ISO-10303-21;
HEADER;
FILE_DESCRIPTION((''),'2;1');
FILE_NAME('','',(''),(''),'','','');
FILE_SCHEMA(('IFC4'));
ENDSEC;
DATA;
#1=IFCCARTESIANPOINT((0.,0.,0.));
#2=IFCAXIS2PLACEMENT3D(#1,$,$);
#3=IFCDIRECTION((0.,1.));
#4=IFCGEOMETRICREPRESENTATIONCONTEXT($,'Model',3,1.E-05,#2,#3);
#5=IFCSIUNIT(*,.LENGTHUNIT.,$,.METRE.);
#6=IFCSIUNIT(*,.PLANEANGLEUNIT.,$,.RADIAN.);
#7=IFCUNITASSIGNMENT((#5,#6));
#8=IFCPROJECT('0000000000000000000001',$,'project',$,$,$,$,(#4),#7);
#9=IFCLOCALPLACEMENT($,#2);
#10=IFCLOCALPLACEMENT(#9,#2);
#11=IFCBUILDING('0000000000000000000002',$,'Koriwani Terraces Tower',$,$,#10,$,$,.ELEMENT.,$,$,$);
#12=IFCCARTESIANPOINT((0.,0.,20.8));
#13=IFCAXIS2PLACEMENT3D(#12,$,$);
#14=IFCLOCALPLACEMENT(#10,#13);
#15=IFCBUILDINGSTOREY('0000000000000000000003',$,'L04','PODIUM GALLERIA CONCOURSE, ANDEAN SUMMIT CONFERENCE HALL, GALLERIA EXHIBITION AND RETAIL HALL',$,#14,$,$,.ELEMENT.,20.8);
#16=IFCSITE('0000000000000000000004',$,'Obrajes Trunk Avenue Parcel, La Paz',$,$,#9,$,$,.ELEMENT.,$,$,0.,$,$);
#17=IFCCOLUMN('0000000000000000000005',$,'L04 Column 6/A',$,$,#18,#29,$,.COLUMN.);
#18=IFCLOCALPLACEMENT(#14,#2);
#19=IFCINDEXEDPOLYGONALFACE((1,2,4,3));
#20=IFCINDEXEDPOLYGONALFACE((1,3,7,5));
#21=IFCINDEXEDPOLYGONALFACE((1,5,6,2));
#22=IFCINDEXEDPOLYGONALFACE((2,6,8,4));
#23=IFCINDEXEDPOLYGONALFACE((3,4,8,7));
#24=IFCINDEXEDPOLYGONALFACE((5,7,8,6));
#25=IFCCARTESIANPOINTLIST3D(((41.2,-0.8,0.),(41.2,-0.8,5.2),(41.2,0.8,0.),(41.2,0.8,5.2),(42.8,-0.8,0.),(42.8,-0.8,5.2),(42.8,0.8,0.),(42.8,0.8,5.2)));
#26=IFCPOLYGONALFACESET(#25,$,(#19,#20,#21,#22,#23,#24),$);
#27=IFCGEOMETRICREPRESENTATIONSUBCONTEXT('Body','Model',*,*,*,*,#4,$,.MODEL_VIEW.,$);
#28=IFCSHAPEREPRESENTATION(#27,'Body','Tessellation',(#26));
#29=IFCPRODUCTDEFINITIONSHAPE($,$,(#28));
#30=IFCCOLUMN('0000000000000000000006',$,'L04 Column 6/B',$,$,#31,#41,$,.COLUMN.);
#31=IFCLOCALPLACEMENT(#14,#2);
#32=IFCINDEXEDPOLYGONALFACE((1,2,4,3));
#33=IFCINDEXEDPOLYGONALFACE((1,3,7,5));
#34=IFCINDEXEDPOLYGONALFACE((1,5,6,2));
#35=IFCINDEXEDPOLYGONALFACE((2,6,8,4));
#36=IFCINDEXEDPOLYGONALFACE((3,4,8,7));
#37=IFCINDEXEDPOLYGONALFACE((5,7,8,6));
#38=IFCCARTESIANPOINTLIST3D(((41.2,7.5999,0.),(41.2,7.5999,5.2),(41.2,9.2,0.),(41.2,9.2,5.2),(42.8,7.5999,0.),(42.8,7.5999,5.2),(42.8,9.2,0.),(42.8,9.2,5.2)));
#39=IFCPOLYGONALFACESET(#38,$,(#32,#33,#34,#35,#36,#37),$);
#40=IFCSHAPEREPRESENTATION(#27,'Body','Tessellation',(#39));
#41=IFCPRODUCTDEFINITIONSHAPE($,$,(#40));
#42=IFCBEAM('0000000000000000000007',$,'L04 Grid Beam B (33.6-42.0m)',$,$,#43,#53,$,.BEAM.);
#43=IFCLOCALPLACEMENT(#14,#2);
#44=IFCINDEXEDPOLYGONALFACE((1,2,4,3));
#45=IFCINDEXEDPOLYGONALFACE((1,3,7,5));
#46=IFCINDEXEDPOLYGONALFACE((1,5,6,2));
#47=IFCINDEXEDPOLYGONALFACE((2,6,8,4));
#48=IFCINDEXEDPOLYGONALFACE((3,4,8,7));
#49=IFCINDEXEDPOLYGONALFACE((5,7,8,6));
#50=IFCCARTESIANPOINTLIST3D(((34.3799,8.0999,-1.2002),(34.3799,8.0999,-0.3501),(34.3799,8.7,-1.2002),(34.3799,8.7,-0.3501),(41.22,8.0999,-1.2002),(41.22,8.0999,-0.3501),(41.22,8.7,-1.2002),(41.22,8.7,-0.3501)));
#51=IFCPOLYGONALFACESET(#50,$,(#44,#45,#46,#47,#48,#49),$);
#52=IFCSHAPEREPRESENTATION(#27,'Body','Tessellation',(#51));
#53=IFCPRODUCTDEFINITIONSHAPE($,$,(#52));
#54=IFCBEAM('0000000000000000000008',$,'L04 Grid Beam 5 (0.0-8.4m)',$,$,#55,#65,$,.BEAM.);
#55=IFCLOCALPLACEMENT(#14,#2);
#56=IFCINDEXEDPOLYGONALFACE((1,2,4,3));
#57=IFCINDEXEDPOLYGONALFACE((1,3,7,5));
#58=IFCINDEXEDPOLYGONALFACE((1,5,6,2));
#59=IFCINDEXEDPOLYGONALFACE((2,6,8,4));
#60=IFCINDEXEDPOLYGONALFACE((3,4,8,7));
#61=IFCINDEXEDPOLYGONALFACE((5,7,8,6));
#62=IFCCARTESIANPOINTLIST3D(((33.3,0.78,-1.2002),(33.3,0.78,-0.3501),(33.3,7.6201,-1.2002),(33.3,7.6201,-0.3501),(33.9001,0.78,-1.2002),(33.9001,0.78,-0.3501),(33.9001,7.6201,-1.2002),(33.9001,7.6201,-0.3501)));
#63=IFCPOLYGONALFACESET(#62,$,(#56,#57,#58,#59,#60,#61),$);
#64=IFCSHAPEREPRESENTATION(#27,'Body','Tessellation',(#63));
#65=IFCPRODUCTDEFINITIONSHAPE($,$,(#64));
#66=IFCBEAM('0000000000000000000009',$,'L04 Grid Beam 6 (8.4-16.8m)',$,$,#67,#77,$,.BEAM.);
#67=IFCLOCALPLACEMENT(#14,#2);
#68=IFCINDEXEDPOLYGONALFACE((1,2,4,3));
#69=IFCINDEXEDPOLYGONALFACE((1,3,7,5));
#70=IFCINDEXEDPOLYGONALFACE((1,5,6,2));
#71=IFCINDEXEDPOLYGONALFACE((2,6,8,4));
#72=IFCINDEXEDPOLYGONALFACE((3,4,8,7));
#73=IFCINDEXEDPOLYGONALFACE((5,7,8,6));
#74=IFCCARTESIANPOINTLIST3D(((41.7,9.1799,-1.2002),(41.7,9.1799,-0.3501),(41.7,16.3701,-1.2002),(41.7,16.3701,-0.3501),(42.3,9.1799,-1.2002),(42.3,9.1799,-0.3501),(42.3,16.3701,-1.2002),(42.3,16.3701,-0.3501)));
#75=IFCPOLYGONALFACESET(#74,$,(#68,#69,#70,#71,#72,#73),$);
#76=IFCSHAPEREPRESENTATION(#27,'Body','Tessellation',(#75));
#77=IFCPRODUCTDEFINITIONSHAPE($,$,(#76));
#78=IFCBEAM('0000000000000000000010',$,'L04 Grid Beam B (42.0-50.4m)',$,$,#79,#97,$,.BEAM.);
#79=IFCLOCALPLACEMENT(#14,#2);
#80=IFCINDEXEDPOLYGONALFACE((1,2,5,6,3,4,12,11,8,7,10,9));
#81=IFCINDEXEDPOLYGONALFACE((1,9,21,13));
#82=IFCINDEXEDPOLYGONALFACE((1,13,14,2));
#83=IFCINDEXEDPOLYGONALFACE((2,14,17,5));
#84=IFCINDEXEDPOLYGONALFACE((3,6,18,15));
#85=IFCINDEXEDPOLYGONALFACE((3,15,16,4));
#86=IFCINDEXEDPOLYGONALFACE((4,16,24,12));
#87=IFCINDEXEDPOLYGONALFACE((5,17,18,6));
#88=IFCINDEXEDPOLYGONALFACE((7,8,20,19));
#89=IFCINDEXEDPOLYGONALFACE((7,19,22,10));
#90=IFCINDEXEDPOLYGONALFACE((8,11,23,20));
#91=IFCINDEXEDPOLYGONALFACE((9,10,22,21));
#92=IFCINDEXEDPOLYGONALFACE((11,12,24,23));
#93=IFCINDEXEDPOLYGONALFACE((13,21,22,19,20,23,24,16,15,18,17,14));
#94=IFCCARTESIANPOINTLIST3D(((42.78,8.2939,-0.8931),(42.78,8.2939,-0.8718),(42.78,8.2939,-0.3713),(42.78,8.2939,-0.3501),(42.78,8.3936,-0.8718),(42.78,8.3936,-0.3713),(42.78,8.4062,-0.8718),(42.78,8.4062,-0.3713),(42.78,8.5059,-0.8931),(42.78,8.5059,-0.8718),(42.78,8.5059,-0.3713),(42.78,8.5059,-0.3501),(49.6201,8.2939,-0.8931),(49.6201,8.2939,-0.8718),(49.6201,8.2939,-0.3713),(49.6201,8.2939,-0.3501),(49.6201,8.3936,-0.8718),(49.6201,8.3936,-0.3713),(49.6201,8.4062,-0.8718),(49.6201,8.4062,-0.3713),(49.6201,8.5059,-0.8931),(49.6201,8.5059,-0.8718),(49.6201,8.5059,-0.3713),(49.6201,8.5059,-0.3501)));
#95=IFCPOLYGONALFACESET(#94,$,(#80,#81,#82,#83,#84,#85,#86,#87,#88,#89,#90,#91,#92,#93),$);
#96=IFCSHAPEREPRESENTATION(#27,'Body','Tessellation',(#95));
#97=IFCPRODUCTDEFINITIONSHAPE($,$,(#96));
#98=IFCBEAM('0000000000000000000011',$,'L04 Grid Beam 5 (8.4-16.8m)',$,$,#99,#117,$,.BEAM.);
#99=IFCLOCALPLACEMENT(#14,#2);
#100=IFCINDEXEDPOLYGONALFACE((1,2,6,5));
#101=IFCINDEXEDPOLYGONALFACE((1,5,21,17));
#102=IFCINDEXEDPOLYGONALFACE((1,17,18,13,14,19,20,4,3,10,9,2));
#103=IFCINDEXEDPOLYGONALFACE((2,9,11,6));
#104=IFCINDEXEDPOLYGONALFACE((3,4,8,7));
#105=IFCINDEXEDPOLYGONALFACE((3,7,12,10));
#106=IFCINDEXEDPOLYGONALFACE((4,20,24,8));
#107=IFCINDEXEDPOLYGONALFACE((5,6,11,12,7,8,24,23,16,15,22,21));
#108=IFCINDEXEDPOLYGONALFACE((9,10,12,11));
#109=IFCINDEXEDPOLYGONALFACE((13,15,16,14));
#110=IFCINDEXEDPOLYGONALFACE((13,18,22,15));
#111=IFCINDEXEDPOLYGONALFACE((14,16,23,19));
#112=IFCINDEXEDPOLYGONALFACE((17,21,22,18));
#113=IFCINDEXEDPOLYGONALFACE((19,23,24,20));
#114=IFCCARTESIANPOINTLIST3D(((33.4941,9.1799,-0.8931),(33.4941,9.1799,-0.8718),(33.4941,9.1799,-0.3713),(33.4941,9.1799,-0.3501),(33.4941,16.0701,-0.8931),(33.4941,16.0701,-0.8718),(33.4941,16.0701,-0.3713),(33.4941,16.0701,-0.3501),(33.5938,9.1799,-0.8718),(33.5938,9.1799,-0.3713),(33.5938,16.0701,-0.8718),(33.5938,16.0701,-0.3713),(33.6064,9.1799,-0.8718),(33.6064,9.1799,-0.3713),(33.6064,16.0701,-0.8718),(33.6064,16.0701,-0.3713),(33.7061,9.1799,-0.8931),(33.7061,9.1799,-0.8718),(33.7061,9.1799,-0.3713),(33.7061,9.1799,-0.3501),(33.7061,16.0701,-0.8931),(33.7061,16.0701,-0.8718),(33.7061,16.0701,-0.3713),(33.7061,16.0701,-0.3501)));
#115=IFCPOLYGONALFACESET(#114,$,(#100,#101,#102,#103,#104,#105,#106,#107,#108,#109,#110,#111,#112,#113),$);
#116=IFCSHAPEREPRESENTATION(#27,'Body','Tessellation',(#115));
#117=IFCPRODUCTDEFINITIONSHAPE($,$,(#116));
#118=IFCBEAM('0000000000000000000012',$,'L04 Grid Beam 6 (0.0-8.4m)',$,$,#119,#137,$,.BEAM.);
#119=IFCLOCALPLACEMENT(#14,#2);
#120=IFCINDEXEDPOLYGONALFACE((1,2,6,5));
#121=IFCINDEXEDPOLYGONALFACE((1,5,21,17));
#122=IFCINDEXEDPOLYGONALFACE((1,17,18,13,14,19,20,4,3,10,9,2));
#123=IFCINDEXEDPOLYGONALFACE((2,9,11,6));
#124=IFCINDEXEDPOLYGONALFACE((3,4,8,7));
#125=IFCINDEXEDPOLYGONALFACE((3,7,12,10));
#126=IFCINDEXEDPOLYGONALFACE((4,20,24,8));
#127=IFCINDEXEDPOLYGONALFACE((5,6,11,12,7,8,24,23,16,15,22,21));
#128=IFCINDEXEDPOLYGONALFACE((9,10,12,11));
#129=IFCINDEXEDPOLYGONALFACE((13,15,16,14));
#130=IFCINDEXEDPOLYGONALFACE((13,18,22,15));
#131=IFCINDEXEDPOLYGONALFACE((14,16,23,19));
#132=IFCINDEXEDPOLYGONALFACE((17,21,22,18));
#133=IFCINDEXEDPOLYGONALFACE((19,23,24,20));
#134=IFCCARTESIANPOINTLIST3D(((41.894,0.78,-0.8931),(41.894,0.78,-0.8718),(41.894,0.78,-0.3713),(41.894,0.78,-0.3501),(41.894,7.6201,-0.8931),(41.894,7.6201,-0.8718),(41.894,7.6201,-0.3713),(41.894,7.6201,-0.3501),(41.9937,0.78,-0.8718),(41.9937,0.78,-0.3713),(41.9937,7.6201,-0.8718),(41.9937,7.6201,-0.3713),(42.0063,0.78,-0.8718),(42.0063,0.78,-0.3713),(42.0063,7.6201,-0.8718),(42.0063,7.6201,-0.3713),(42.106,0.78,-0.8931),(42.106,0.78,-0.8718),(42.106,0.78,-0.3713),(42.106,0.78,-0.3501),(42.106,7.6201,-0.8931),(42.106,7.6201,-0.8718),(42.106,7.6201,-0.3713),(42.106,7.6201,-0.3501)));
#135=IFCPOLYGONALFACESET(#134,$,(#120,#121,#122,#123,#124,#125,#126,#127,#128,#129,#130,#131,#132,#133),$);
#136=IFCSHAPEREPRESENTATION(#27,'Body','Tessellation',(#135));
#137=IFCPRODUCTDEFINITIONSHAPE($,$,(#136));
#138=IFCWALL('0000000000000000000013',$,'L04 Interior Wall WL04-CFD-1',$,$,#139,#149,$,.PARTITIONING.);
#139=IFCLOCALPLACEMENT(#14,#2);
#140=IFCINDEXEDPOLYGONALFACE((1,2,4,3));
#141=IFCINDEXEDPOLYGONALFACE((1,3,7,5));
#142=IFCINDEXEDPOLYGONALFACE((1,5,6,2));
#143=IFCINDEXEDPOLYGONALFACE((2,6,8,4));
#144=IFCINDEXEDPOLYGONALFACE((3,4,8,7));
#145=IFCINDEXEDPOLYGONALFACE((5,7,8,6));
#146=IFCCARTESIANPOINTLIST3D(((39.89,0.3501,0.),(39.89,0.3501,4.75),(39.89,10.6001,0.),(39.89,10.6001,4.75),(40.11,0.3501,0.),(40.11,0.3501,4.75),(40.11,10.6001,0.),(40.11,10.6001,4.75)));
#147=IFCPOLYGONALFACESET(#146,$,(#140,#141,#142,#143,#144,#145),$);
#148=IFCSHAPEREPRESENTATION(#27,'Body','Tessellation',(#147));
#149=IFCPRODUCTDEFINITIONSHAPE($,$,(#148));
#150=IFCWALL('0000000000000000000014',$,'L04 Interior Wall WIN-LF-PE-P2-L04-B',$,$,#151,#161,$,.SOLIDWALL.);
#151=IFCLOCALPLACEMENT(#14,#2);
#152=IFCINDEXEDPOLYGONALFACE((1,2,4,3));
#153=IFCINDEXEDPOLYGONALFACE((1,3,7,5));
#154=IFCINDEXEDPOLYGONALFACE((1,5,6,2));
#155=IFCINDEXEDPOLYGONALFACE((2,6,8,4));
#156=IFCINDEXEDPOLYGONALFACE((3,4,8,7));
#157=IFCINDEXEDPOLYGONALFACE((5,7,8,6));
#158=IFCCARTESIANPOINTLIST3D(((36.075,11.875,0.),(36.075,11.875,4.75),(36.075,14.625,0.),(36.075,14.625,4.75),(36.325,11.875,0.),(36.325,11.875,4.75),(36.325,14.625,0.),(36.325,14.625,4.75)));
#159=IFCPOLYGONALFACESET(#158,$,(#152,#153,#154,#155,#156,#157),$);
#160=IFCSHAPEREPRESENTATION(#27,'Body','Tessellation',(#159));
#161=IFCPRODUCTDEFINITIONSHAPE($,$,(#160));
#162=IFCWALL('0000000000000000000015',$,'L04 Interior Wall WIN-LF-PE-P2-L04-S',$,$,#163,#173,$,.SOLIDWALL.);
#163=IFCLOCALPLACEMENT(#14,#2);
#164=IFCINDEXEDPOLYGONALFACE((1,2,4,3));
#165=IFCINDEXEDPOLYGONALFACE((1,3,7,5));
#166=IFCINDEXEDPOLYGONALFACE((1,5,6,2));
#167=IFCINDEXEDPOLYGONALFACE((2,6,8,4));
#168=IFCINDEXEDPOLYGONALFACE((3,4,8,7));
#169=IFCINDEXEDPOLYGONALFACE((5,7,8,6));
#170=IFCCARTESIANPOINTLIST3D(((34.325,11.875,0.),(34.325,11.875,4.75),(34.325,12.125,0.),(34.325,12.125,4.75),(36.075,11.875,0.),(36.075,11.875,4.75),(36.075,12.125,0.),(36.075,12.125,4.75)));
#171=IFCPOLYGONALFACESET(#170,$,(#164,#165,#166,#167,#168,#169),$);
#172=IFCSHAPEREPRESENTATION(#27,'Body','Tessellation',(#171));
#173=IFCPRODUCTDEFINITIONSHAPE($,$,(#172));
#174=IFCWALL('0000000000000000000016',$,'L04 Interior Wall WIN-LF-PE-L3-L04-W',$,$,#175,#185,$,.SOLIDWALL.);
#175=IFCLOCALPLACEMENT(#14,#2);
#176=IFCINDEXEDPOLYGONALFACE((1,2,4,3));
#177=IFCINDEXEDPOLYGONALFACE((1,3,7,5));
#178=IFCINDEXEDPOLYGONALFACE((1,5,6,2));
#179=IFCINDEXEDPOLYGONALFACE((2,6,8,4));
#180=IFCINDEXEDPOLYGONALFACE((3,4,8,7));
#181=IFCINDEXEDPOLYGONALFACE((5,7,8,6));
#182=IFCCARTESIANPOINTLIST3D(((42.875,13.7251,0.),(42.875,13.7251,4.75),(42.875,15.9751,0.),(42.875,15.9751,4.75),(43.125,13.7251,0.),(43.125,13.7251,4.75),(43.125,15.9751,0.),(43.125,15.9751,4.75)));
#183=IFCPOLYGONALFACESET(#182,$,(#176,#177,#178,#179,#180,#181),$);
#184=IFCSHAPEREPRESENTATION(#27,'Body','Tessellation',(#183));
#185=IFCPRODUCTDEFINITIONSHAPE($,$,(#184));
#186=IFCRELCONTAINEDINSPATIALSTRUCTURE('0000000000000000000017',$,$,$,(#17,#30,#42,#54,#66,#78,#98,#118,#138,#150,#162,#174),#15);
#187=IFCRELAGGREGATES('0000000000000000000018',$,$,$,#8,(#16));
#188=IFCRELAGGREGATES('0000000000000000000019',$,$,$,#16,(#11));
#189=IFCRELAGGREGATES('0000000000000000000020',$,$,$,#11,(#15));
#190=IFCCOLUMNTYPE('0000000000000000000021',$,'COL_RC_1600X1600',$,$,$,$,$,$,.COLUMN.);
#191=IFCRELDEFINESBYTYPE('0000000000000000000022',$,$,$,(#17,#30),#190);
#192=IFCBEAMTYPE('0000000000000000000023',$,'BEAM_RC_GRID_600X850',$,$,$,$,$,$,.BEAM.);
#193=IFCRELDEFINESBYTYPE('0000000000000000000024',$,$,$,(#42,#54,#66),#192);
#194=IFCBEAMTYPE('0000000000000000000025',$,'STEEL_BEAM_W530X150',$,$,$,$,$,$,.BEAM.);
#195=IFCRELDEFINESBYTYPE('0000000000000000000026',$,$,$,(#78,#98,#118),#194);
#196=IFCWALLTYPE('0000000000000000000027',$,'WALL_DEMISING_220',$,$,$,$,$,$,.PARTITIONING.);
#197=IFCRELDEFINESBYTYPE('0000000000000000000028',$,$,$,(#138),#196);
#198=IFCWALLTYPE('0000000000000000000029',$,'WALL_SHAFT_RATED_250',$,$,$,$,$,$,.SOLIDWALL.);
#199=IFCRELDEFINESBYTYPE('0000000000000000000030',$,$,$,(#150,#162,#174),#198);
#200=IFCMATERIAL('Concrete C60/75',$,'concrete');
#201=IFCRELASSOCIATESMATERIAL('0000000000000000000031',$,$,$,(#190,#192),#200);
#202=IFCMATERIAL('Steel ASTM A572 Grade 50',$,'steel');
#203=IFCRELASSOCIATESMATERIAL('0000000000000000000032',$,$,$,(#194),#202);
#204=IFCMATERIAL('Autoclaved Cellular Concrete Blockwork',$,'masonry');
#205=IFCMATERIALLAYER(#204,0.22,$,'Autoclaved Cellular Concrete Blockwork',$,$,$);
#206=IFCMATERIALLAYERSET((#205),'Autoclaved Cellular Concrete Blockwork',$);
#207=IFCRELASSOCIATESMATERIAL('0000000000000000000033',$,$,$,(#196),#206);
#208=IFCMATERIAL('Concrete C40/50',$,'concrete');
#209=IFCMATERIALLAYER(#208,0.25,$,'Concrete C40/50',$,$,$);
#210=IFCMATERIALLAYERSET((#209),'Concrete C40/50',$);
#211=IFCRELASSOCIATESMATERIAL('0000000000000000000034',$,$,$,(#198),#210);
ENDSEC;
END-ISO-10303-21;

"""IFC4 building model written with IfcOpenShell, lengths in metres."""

from ifc_helpers import new_model, si_unit, direction, frame, frame_2d, origin, origin_2d, place, context, subcontext, project, spatial, rectangle, i_section, extrude, material, layer, layer_set, material_profile, profile_set, type_object, element, save


model = new_model("IFC4")

# Units and contexts
model_context = context("Model", 3, precision=1e-05, world=origin(), true_north=direction((0.0, 1.0)))
body_context = subcontext(model_context, "Body", "Model", "MODEL_VIEW")
ifc_project = project(units=[si_unit("LENGTHUNIT", "METRE"), si_unit("PLANEANGLEUNIT", "RADIAN")], contexts=[model_context])

# Site, building, storey
site_placement = place(None, origin())
site = spatial("IfcSite", under=ifc_project, at=site_placement, Name="Obrajes Trunk Avenue Parcel, La Paz", CompositionType="ELEMENT", RefElevation=0.0)
building_placement = place(site_placement, origin())
building = spatial("IfcBuilding", under=site, at=building_placement, Name="Koriwani Terraces Tower", CompositionType="ELEMENT")
storey_placement = place(building_placement, frame((0.0, 0.0, 20.8)))
storey = spatial("IfcBuildingStorey", under=building, at=storey_placement, Name="L04", Description="PODIUM GALLERIA CONCOURSE, ANDEAN SUMMIT CONFERENCE HALL, GALLERIA EXHIBITION AND RETAIL HALL", CompositionType="ELEMENT", Elevation=20.8)

# Columns
ifc_material_1 = material(Name="Concrete C60/75", Category="concrete")
ifc_material_profile_1 = material_profile(ifc_material_1, rectangle(XDim=1.6001, YDim=1.6001, at=origin_2d()), Name="Concrete C60/75", Category="LoadBearing")
ifc_profile_set_1 = profile_set([ifc_material_profile_1], Name="Concrete C60/75")
column_type = type_object("IfcColumnType", Name="COL_RC_1600X1600", PredefinedType="COLUMN", material=ifc_profile_set_1)
for number, where, z_axis, x_axis, name in (
    (1, (42.0, 0.0, 0.0), (0.0, 0.0, 1.0), (1.0, 0.0, 0.0), "L04 Column 6/A"),
    (2, (42.0, 8.3999, 0.0), (0.0, 0.0, 1.0), (1.0, 0.0, 0.0), "L04 Column 6/B"),
):
    element("IfcColumn", number, at=place(storey_placement, frame(where, z_axis=z_axis, x_axis=x_axis)), inside=storey, type_object=column_type, Name=name, PredefinedType="COLUMN", context=body_context, shape_type="SweptSolid", body=[
        extrude(rectangle(XDim=1.6001, YDim=1.6001, at=origin_2d()), origin(), (0.0, 0.0, 1.0), 5.2),
    ])

# Beams
ifc_material_profile_2 = material_profile(ifc_material_1, rectangle(XDim=0.6001, YDim=0.8501, at=origin_2d()), Name="Concrete C60/75", Category="LoadBearing")
ifc_profile_set_2 = profile_set([ifc_material_profile_2], Name="Concrete C60/75")
beam_type_1 = type_object("IfcBeamType", Name="BEAM_RC_GRID_600X850", PredefinedType="BEAM", material=ifc_profile_set_2)
for number, where, z_axis, x_axis, name in (
    (3, (34.3799, 8.3999, -0.7751), (1.0, 0.0, 0.0), (0.0, 1.0, 0.0), "L04 Grid Beam B (33.6-42.0m)"),
    (4, (33.6001, 0.78, -0.7751), (0.0, 1.0, 0.0), (-1.0, 0.0, 0.0), "L04 Grid Beam 5 (0.0-8.4m)"),
):
    element("IfcBeam", number, at=place(storey_placement, frame(where, z_axis=z_axis, x_axis=x_axis)), inside=storey, type_object=beam_type_1, Name=name, PredefinedType="BEAM", context=body_context, shape_type="SweptSolid", body=[
        extrude(rectangle(XDim=0.6001, YDim=0.8501, at=origin_2d()), origin(), (0.0, 0.0, 1.0), 6.8401),
    ])
beam_1_placement = place(storey_placement, frame((42.0, 9.1799, -0.7751), z_axis=(0.0, 1.0, 0.0), x_axis=(-1.0, 0.0, 0.0)))
element("IfcBeam", 5, at=beam_1_placement, inside=storey, type_object=beam_type_1, Name="L04 Grid Beam 6 (8.4-16.8m)", PredefinedType="BEAM", context=body_context, shape_type="SweptSolid", body=[
    extrude(rectangle(XDim=0.6001, YDim=0.8501, at=origin_2d()), origin(), (0.0, 0.0, 1.0), 7.1902),
])
ifc_material_2 = material(Name="Steel ASTM A572 Grade 50", Category="steel")
ifc_material_profile_3 = material_profile(ifc_material_2, i_section(OverallWidth=0.2119, OverallDepth=0.543, WebThickness=0.0127, FlangeThickness=0.0212, at=origin_2d()), Name="Steel ASTM A572 Grade 50", Category="LoadBearing")
ifc_profile_set_3 = profile_set([ifc_material_profile_3], Name="Steel ASTM A572 Grade 50")
beam_type_2 = type_object("IfcBeamType", Name="STEEL_BEAM_W530X150", PredefinedType="BEAM", material=ifc_profile_set_3)
beam_2_placement = place(storey_placement, frame((42.78, 8.3999, -0.6216), z_axis=(1.0, 0.0, 0.0), x_axis=(0.0, 1.0, 0.0)))
element("IfcBeam", 6, at=beam_2_placement, inside=storey, type_object=beam_type_2, Name="L04 Grid Beam B (42.0-50.4m)", PredefinedType="BEAM", context=body_context, shape_type="SweptSolid", body=[
    extrude(i_section(OverallWidth=0.2119, OverallDepth=0.543, WebThickness=0.0127, FlangeThickness=0.0212, at=origin_2d()), origin(), (0.0, 0.0, 1.0), 6.8401),
])
beam_3_placement = place(storey_placement, frame((33.6001, 9.1799, -0.6216), z_axis=(0.0, 1.0, 0.0), x_axis=(-1.0, 0.0, 0.0)))
element("IfcBeam", 7, at=beam_3_placement, inside=storey, type_object=beam_type_2, Name="L04 Grid Beam 5 (8.4-16.8m)", PredefinedType="BEAM", context=body_context, shape_type="SweptSolid", body=[
    extrude(i_section(OverallWidth=0.2119, OverallDepth=0.543, WebThickness=0.0127, FlangeThickness=0.0212, at=origin_2d()), origin(), (0.0, 0.0, 1.0), 6.8901),
])
beam_4_placement = place(storey_placement, frame((42.0, 0.78, -0.6216), z_axis=(0.0, 1.0, 0.0), x_axis=(-1.0, 0.0, 0.0)))
element("IfcBeam", 8, at=beam_4_placement, inside=storey, type_object=beam_type_2, Name="L04 Grid Beam 6 (0.0-8.4m)", PredefinedType="BEAM", context=body_context, shape_type="SweptSolid", body=[
    extrude(i_section(OverallWidth=0.2119, OverallDepth=0.543, WebThickness=0.0127, FlangeThickness=0.0212, at=origin_2d()), origin(), (0.0, 0.0, 1.0), 6.8401),
])

# Wall
ifc_material_3 = material(Name="Autoclaved Cellular Concrete Blockwork", Category="masonry")
ifc_layer_1 = layer(ifc_material_3, 0.22, Name="Autoclaved Cellular Concrete Blockwork")
ifc_layer_set_1 = layer_set([ifc_layer_1], Name="Autoclaved Cellular Concrete Blockwork")
wall_type_1 = type_object("IfcWallType", Name="WALL_DEMISING_220", PredefinedType="PARTITIONING", material=ifc_layer_set_1)
wall_1_placement = place(storey_placement, frame((40.0, 0.3501, 0.0), z_axis=(0.0, 0.0, 1.0), x_axis=(0.0, 1.0, 0.0)))
element("IfcWall", 9, at=wall_1_placement, inside=storey, type_object=wall_type_1, Name="L04 Interior Wall WL04-CFD-1", PredefinedType="PARTITIONING", context=body_context, shape_type="SweptSolid", body=[
    extrude(rectangle(XDim=10.25, YDim=0.22, at=frame_2d((5.125, 0.0))), origin(), (0.0, 0.0, 1.0), 4.75),
])

# Shared definitions
ifc_material_4 = material(Name="Concrete C40/50", Category="concrete")
ifc_layer_2 = layer(ifc_material_4, 0.25, Name="Concrete C40/50")
ifc_layer_set_2 = layer_set([ifc_layer_2], Name="Concrete C40/50")
wall_type_2 = type_object("IfcWallType", Name="WALL_SHAFT_RATED_250", PredefinedType="SOLIDWALL", material=ifc_layer_set_2)

# Walls
wall_2_placement = place(storey_placement, frame((36.2, 11.875, 0.0), z_axis=(0.0, 0.0, 1.0), x_axis=(0.0, 1.0, 0.0)))
element("IfcWall", 10, at=wall_2_placement, inside=storey, type_object=wall_type_2, Name="L04 Interior Wall WIN-LF-PE-P2-L04-B", PredefinedType="SOLIDWALL", context=body_context, shape_type="SweptSolid", body=[
    extrude(rectangle(XDim=2.75, YDim=0.25, at=frame_2d((1.375, 0.0))), origin(), (0.0, 0.0, 1.0), 4.75),
])
wall_3_placement = place(storey_placement, frame((34.325, 12.0, 0.0), z_axis=(0.0, 0.0, 1.0), x_axis=(1.0, 0.0, 0.0)))
element("IfcWall", 11, at=wall_3_placement, inside=storey, type_object=wall_type_2, Name="L04 Interior Wall WIN-LF-PE-P2-L04-S", PredefinedType="SOLIDWALL", context=body_context, shape_type="SweptSolid", body=[
    extrude(rectangle(XDim=1.75, YDim=0.25, at=frame_2d((0.875, 0.0))), origin(), (0.0, 0.0, 1.0), 4.75),
])

# Wall
for number, where, z_axis, x_axis, name in (
    (12, (43.0, 13.7251, 0.0), (0.0, 0.0, 1.0), (0.0, 1.0, 0.0), "L04 Interior Wall WIN-LF-PE-L3-L04-W"),
):
    element("IfcWall", number, at=place(storey_placement, frame(where, z_axis=z_axis, x_axis=x_axis)), inside=storey, type_object=wall_type_2, Name=name, PredefinedType="SOLIDWALL", context=body_context, shape_type="SweptSolid", body=[
        extrude(rectangle(XDim=2.25, YDim=0.25, at=frame_2d((1.125, 0.0))), origin(), (0.0, 0.0, 1.0), 4.75),
    ])

save(model, "model.ifc")
